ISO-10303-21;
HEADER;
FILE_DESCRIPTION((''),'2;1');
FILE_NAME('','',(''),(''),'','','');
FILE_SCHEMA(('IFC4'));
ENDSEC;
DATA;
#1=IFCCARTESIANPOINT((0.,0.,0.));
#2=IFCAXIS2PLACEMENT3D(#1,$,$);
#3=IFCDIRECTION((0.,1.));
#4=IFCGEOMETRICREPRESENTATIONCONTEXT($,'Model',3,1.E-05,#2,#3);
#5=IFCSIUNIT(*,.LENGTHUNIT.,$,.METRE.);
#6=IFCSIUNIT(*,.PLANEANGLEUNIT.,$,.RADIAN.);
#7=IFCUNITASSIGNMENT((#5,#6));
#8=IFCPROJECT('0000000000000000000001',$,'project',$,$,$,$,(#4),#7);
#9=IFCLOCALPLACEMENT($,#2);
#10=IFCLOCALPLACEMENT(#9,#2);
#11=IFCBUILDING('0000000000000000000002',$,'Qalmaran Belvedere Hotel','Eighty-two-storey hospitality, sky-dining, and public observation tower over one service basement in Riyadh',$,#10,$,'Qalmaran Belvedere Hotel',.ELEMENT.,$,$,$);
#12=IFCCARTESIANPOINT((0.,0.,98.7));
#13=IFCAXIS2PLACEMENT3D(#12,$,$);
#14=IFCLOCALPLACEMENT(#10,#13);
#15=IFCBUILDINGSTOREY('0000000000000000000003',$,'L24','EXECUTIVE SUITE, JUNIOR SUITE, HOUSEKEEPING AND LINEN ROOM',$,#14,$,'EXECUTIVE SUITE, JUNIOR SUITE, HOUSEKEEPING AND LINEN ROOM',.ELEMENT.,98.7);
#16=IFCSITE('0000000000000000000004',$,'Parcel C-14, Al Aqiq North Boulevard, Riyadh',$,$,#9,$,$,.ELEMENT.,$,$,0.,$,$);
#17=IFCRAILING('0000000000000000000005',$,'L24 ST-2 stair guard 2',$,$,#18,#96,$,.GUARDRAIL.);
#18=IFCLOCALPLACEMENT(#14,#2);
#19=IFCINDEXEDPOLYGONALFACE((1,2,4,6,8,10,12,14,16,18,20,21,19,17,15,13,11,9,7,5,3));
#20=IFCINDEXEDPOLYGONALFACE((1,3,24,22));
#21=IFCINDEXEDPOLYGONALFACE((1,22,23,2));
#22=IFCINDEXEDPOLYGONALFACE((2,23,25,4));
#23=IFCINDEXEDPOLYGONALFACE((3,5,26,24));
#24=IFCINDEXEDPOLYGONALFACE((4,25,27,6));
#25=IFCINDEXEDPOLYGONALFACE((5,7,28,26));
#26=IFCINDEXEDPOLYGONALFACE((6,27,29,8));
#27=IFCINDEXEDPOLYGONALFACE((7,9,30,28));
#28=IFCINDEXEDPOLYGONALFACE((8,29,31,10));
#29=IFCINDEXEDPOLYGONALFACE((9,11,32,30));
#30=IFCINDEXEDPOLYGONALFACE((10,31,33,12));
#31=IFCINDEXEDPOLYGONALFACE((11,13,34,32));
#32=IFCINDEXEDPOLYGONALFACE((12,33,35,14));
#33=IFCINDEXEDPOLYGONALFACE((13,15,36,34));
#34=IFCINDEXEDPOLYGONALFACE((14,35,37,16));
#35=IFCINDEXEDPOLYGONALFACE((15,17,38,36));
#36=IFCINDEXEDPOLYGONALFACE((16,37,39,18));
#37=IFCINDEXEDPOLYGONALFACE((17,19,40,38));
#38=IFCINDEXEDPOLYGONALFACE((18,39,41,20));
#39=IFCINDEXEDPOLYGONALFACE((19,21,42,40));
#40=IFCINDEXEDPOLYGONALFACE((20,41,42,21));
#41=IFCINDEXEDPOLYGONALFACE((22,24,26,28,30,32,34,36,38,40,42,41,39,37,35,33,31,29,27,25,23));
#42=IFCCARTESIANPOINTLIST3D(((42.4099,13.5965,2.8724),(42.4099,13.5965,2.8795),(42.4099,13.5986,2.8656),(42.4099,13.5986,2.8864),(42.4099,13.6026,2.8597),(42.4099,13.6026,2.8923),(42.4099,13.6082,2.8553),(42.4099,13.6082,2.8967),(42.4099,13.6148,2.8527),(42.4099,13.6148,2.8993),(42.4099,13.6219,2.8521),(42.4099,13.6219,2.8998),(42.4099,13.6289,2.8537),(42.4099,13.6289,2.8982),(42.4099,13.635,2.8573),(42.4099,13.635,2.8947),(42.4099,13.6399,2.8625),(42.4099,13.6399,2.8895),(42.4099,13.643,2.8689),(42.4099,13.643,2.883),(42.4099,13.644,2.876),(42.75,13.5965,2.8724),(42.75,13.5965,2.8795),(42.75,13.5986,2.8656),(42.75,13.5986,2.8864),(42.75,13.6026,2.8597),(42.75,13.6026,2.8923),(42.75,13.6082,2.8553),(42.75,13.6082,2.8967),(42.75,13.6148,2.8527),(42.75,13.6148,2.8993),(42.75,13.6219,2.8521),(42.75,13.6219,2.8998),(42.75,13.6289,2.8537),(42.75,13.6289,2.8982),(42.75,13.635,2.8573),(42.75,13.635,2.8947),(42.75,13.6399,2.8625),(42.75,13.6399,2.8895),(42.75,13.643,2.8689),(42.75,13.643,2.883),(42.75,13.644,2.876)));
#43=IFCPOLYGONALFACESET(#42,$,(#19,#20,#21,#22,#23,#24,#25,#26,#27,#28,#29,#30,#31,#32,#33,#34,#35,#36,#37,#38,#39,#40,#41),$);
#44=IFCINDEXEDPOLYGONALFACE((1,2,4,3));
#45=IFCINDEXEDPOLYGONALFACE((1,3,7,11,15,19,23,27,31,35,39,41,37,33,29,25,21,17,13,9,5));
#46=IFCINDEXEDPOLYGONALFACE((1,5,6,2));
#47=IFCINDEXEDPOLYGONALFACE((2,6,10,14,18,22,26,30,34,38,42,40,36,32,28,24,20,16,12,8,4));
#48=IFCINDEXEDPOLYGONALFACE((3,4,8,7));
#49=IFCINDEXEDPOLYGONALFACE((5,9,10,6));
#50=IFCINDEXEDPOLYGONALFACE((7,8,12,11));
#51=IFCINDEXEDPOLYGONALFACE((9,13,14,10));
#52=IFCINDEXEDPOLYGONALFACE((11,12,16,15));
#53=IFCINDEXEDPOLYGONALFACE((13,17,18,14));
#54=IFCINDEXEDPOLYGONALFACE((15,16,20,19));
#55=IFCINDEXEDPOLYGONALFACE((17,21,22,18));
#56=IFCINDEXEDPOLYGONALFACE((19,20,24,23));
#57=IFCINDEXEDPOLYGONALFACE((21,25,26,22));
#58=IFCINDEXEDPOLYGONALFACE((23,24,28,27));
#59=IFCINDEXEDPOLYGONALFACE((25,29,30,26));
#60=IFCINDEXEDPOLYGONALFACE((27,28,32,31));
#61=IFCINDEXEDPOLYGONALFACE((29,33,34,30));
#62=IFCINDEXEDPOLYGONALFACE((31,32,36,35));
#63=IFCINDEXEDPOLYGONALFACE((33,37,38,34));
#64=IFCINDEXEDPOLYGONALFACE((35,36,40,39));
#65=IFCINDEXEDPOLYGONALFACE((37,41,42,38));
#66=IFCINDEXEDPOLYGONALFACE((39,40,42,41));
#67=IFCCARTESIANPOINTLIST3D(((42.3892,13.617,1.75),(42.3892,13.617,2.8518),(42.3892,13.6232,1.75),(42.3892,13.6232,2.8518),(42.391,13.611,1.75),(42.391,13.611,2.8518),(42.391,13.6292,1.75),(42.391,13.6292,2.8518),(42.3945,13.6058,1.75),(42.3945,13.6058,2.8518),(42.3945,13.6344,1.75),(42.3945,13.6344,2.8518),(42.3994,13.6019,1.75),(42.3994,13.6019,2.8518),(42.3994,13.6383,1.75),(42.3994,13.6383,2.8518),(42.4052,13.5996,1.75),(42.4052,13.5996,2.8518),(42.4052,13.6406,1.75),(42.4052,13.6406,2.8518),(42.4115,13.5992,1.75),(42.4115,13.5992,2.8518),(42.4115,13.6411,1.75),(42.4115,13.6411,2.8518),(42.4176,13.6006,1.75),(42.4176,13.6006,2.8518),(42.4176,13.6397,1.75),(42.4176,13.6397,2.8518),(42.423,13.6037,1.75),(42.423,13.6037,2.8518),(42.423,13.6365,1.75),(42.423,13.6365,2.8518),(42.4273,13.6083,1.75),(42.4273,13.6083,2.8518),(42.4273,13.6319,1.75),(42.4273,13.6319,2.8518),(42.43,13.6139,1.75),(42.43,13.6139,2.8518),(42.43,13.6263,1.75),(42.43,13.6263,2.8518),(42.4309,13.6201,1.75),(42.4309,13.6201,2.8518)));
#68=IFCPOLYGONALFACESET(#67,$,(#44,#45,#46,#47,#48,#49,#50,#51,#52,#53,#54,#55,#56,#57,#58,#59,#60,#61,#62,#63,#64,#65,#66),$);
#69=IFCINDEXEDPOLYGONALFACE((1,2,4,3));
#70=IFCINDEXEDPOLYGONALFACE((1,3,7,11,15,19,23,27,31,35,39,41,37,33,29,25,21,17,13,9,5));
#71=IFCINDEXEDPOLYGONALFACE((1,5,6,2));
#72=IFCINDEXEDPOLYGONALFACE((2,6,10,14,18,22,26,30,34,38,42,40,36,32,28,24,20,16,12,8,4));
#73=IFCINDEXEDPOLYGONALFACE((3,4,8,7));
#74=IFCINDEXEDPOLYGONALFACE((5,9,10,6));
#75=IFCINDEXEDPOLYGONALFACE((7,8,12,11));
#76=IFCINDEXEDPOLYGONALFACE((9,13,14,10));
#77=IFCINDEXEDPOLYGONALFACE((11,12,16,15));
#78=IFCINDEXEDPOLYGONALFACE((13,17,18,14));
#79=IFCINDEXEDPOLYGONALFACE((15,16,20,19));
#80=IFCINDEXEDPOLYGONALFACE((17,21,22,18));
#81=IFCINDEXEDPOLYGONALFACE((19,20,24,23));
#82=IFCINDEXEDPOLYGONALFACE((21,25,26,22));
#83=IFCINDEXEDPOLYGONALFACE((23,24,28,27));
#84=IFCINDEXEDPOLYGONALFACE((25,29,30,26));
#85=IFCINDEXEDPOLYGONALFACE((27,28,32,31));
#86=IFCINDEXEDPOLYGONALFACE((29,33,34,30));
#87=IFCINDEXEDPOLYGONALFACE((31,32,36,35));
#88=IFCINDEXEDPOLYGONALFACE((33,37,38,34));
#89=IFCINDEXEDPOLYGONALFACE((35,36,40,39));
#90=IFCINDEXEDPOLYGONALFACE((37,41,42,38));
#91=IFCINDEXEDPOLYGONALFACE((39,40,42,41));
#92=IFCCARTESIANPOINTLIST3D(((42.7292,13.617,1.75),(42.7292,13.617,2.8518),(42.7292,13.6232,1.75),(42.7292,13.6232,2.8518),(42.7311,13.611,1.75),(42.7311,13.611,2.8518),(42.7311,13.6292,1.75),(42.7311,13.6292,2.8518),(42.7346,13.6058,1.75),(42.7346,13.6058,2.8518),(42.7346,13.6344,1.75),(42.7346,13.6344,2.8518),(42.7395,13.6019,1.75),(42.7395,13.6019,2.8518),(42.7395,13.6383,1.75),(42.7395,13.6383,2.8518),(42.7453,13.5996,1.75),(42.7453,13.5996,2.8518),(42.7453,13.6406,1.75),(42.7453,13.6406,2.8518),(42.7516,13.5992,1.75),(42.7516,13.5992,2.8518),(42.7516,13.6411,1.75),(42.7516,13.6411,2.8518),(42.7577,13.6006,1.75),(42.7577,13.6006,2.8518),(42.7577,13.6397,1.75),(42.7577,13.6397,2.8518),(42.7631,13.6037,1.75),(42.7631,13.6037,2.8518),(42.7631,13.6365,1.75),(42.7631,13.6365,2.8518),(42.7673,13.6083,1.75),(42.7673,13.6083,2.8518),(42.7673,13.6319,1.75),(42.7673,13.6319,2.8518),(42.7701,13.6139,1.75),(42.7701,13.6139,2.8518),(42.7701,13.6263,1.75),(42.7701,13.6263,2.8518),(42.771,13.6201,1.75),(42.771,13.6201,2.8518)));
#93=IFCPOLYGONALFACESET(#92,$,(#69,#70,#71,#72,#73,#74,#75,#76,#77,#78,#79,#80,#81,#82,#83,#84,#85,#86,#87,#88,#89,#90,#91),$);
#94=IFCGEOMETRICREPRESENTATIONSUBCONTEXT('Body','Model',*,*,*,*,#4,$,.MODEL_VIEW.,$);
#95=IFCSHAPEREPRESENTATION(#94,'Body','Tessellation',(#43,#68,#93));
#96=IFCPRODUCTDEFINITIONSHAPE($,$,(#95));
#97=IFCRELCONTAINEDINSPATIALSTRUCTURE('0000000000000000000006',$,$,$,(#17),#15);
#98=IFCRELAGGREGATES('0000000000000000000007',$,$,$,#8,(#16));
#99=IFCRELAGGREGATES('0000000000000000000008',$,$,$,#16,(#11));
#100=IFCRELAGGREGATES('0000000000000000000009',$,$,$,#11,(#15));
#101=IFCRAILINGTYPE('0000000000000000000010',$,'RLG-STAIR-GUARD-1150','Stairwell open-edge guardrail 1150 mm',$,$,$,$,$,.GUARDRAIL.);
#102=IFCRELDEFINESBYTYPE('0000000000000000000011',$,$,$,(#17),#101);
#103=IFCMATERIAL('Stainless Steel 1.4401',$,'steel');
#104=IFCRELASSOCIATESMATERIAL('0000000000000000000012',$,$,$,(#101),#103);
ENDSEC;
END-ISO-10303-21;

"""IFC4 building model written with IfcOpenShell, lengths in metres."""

from ifc_helpers import new_model, si_unit, direction, frame, origin, origin_2d, place, context, subcontext, project, spatial, circle, extrude, material, type_object, element, save


model = new_model("IFC4")

# Units and contexts
model_context = context("Model", 3, precision=1e-05, world=origin(), true_north=direction((0.0, 1.0)))
body_context = subcontext(model_context, "Body", "Model", "MODEL_VIEW")
ifc_project = project(units=[si_unit("LENGTHUNIT", "METRE"), si_unit("PLANEANGLEUNIT", "RADIAN")], contexts=[model_context])

# Site, building, storey
site_placement = place(None, origin())
site = spatial("IfcSite", under=ifc_project, at=site_placement, Name="Parcel C-14, Al Aqiq North Boulevard, Riyadh", CompositionType="ELEMENT", RefElevation=0.0)
building_placement = place(site_placement, origin())
building = spatial("IfcBuilding", under=site, at=building_placement, Name="Qalmaran Belvedere Hotel", Description="Eighty-two-storey hospitality, sky-dining, and public observation tower over one service basement in Riyadh", LongName="Qalmaran Belvedere Hotel", CompositionType="ELEMENT")
storey_placement = place(building_placement, frame((0.0, 0.0, 98.7)))
storey = spatial("IfcBuildingStorey", under=building, at=storey_placement, Name="L24", Description="EXECUTIVE SUITE, JUNIOR SUITE, HOUSEKEEPING AND LINEN ROOM", LongName="EXECUTIVE SUITE, JUNIOR SUITE, HOUSEKEEPING AND LINEN ROOM", CompositionType="ELEMENT", Elevation=98.7)

# Shared definitions
ifc_material_1 = material(Name="Stainless Steel 1.4401", Category="steel")

# Railing
railing_type_1 = type_object("IfcRailingType", Name="RLG-STAIR-GUARD-1150", Description="Stairwell open-edge guardrail 1150 mm", PredefinedType="GUARDRAIL", material=ifc_material_1)
railing_1_placement = place(storey_placement, frame((42.4099, 13.6201, 1.75)))
element("IfcRailing", 1, at=railing_1_placement, inside=storey, type_object=railing_type_1, Name="L24 ST-2 stair guard 2", PredefinedType="GUARDRAIL", context=body_context, shape_type="SweptSolid", body=[
    extrude(circle(Radius=0.0239, at=origin_2d()), frame((0.0, 0.0, 1.126), z_axis=(1.0, 0.0, 0.0), x_axis=(0.0, 1.0, 0.0)), (0.0, 0.0, 1.0), 0.3401),
    extrude(circle(Radius=0.021, at=origin_2d()), origin(), (0.0, 0.0, 1.0), 1.1018),
    extrude(circle(Radius=0.021, at=origin_2d()), frame((0.3401, 0.0, 0.0)), (0.0, 0.0, 1.0), 1.1018),
])

save(model, "model.ifc")
